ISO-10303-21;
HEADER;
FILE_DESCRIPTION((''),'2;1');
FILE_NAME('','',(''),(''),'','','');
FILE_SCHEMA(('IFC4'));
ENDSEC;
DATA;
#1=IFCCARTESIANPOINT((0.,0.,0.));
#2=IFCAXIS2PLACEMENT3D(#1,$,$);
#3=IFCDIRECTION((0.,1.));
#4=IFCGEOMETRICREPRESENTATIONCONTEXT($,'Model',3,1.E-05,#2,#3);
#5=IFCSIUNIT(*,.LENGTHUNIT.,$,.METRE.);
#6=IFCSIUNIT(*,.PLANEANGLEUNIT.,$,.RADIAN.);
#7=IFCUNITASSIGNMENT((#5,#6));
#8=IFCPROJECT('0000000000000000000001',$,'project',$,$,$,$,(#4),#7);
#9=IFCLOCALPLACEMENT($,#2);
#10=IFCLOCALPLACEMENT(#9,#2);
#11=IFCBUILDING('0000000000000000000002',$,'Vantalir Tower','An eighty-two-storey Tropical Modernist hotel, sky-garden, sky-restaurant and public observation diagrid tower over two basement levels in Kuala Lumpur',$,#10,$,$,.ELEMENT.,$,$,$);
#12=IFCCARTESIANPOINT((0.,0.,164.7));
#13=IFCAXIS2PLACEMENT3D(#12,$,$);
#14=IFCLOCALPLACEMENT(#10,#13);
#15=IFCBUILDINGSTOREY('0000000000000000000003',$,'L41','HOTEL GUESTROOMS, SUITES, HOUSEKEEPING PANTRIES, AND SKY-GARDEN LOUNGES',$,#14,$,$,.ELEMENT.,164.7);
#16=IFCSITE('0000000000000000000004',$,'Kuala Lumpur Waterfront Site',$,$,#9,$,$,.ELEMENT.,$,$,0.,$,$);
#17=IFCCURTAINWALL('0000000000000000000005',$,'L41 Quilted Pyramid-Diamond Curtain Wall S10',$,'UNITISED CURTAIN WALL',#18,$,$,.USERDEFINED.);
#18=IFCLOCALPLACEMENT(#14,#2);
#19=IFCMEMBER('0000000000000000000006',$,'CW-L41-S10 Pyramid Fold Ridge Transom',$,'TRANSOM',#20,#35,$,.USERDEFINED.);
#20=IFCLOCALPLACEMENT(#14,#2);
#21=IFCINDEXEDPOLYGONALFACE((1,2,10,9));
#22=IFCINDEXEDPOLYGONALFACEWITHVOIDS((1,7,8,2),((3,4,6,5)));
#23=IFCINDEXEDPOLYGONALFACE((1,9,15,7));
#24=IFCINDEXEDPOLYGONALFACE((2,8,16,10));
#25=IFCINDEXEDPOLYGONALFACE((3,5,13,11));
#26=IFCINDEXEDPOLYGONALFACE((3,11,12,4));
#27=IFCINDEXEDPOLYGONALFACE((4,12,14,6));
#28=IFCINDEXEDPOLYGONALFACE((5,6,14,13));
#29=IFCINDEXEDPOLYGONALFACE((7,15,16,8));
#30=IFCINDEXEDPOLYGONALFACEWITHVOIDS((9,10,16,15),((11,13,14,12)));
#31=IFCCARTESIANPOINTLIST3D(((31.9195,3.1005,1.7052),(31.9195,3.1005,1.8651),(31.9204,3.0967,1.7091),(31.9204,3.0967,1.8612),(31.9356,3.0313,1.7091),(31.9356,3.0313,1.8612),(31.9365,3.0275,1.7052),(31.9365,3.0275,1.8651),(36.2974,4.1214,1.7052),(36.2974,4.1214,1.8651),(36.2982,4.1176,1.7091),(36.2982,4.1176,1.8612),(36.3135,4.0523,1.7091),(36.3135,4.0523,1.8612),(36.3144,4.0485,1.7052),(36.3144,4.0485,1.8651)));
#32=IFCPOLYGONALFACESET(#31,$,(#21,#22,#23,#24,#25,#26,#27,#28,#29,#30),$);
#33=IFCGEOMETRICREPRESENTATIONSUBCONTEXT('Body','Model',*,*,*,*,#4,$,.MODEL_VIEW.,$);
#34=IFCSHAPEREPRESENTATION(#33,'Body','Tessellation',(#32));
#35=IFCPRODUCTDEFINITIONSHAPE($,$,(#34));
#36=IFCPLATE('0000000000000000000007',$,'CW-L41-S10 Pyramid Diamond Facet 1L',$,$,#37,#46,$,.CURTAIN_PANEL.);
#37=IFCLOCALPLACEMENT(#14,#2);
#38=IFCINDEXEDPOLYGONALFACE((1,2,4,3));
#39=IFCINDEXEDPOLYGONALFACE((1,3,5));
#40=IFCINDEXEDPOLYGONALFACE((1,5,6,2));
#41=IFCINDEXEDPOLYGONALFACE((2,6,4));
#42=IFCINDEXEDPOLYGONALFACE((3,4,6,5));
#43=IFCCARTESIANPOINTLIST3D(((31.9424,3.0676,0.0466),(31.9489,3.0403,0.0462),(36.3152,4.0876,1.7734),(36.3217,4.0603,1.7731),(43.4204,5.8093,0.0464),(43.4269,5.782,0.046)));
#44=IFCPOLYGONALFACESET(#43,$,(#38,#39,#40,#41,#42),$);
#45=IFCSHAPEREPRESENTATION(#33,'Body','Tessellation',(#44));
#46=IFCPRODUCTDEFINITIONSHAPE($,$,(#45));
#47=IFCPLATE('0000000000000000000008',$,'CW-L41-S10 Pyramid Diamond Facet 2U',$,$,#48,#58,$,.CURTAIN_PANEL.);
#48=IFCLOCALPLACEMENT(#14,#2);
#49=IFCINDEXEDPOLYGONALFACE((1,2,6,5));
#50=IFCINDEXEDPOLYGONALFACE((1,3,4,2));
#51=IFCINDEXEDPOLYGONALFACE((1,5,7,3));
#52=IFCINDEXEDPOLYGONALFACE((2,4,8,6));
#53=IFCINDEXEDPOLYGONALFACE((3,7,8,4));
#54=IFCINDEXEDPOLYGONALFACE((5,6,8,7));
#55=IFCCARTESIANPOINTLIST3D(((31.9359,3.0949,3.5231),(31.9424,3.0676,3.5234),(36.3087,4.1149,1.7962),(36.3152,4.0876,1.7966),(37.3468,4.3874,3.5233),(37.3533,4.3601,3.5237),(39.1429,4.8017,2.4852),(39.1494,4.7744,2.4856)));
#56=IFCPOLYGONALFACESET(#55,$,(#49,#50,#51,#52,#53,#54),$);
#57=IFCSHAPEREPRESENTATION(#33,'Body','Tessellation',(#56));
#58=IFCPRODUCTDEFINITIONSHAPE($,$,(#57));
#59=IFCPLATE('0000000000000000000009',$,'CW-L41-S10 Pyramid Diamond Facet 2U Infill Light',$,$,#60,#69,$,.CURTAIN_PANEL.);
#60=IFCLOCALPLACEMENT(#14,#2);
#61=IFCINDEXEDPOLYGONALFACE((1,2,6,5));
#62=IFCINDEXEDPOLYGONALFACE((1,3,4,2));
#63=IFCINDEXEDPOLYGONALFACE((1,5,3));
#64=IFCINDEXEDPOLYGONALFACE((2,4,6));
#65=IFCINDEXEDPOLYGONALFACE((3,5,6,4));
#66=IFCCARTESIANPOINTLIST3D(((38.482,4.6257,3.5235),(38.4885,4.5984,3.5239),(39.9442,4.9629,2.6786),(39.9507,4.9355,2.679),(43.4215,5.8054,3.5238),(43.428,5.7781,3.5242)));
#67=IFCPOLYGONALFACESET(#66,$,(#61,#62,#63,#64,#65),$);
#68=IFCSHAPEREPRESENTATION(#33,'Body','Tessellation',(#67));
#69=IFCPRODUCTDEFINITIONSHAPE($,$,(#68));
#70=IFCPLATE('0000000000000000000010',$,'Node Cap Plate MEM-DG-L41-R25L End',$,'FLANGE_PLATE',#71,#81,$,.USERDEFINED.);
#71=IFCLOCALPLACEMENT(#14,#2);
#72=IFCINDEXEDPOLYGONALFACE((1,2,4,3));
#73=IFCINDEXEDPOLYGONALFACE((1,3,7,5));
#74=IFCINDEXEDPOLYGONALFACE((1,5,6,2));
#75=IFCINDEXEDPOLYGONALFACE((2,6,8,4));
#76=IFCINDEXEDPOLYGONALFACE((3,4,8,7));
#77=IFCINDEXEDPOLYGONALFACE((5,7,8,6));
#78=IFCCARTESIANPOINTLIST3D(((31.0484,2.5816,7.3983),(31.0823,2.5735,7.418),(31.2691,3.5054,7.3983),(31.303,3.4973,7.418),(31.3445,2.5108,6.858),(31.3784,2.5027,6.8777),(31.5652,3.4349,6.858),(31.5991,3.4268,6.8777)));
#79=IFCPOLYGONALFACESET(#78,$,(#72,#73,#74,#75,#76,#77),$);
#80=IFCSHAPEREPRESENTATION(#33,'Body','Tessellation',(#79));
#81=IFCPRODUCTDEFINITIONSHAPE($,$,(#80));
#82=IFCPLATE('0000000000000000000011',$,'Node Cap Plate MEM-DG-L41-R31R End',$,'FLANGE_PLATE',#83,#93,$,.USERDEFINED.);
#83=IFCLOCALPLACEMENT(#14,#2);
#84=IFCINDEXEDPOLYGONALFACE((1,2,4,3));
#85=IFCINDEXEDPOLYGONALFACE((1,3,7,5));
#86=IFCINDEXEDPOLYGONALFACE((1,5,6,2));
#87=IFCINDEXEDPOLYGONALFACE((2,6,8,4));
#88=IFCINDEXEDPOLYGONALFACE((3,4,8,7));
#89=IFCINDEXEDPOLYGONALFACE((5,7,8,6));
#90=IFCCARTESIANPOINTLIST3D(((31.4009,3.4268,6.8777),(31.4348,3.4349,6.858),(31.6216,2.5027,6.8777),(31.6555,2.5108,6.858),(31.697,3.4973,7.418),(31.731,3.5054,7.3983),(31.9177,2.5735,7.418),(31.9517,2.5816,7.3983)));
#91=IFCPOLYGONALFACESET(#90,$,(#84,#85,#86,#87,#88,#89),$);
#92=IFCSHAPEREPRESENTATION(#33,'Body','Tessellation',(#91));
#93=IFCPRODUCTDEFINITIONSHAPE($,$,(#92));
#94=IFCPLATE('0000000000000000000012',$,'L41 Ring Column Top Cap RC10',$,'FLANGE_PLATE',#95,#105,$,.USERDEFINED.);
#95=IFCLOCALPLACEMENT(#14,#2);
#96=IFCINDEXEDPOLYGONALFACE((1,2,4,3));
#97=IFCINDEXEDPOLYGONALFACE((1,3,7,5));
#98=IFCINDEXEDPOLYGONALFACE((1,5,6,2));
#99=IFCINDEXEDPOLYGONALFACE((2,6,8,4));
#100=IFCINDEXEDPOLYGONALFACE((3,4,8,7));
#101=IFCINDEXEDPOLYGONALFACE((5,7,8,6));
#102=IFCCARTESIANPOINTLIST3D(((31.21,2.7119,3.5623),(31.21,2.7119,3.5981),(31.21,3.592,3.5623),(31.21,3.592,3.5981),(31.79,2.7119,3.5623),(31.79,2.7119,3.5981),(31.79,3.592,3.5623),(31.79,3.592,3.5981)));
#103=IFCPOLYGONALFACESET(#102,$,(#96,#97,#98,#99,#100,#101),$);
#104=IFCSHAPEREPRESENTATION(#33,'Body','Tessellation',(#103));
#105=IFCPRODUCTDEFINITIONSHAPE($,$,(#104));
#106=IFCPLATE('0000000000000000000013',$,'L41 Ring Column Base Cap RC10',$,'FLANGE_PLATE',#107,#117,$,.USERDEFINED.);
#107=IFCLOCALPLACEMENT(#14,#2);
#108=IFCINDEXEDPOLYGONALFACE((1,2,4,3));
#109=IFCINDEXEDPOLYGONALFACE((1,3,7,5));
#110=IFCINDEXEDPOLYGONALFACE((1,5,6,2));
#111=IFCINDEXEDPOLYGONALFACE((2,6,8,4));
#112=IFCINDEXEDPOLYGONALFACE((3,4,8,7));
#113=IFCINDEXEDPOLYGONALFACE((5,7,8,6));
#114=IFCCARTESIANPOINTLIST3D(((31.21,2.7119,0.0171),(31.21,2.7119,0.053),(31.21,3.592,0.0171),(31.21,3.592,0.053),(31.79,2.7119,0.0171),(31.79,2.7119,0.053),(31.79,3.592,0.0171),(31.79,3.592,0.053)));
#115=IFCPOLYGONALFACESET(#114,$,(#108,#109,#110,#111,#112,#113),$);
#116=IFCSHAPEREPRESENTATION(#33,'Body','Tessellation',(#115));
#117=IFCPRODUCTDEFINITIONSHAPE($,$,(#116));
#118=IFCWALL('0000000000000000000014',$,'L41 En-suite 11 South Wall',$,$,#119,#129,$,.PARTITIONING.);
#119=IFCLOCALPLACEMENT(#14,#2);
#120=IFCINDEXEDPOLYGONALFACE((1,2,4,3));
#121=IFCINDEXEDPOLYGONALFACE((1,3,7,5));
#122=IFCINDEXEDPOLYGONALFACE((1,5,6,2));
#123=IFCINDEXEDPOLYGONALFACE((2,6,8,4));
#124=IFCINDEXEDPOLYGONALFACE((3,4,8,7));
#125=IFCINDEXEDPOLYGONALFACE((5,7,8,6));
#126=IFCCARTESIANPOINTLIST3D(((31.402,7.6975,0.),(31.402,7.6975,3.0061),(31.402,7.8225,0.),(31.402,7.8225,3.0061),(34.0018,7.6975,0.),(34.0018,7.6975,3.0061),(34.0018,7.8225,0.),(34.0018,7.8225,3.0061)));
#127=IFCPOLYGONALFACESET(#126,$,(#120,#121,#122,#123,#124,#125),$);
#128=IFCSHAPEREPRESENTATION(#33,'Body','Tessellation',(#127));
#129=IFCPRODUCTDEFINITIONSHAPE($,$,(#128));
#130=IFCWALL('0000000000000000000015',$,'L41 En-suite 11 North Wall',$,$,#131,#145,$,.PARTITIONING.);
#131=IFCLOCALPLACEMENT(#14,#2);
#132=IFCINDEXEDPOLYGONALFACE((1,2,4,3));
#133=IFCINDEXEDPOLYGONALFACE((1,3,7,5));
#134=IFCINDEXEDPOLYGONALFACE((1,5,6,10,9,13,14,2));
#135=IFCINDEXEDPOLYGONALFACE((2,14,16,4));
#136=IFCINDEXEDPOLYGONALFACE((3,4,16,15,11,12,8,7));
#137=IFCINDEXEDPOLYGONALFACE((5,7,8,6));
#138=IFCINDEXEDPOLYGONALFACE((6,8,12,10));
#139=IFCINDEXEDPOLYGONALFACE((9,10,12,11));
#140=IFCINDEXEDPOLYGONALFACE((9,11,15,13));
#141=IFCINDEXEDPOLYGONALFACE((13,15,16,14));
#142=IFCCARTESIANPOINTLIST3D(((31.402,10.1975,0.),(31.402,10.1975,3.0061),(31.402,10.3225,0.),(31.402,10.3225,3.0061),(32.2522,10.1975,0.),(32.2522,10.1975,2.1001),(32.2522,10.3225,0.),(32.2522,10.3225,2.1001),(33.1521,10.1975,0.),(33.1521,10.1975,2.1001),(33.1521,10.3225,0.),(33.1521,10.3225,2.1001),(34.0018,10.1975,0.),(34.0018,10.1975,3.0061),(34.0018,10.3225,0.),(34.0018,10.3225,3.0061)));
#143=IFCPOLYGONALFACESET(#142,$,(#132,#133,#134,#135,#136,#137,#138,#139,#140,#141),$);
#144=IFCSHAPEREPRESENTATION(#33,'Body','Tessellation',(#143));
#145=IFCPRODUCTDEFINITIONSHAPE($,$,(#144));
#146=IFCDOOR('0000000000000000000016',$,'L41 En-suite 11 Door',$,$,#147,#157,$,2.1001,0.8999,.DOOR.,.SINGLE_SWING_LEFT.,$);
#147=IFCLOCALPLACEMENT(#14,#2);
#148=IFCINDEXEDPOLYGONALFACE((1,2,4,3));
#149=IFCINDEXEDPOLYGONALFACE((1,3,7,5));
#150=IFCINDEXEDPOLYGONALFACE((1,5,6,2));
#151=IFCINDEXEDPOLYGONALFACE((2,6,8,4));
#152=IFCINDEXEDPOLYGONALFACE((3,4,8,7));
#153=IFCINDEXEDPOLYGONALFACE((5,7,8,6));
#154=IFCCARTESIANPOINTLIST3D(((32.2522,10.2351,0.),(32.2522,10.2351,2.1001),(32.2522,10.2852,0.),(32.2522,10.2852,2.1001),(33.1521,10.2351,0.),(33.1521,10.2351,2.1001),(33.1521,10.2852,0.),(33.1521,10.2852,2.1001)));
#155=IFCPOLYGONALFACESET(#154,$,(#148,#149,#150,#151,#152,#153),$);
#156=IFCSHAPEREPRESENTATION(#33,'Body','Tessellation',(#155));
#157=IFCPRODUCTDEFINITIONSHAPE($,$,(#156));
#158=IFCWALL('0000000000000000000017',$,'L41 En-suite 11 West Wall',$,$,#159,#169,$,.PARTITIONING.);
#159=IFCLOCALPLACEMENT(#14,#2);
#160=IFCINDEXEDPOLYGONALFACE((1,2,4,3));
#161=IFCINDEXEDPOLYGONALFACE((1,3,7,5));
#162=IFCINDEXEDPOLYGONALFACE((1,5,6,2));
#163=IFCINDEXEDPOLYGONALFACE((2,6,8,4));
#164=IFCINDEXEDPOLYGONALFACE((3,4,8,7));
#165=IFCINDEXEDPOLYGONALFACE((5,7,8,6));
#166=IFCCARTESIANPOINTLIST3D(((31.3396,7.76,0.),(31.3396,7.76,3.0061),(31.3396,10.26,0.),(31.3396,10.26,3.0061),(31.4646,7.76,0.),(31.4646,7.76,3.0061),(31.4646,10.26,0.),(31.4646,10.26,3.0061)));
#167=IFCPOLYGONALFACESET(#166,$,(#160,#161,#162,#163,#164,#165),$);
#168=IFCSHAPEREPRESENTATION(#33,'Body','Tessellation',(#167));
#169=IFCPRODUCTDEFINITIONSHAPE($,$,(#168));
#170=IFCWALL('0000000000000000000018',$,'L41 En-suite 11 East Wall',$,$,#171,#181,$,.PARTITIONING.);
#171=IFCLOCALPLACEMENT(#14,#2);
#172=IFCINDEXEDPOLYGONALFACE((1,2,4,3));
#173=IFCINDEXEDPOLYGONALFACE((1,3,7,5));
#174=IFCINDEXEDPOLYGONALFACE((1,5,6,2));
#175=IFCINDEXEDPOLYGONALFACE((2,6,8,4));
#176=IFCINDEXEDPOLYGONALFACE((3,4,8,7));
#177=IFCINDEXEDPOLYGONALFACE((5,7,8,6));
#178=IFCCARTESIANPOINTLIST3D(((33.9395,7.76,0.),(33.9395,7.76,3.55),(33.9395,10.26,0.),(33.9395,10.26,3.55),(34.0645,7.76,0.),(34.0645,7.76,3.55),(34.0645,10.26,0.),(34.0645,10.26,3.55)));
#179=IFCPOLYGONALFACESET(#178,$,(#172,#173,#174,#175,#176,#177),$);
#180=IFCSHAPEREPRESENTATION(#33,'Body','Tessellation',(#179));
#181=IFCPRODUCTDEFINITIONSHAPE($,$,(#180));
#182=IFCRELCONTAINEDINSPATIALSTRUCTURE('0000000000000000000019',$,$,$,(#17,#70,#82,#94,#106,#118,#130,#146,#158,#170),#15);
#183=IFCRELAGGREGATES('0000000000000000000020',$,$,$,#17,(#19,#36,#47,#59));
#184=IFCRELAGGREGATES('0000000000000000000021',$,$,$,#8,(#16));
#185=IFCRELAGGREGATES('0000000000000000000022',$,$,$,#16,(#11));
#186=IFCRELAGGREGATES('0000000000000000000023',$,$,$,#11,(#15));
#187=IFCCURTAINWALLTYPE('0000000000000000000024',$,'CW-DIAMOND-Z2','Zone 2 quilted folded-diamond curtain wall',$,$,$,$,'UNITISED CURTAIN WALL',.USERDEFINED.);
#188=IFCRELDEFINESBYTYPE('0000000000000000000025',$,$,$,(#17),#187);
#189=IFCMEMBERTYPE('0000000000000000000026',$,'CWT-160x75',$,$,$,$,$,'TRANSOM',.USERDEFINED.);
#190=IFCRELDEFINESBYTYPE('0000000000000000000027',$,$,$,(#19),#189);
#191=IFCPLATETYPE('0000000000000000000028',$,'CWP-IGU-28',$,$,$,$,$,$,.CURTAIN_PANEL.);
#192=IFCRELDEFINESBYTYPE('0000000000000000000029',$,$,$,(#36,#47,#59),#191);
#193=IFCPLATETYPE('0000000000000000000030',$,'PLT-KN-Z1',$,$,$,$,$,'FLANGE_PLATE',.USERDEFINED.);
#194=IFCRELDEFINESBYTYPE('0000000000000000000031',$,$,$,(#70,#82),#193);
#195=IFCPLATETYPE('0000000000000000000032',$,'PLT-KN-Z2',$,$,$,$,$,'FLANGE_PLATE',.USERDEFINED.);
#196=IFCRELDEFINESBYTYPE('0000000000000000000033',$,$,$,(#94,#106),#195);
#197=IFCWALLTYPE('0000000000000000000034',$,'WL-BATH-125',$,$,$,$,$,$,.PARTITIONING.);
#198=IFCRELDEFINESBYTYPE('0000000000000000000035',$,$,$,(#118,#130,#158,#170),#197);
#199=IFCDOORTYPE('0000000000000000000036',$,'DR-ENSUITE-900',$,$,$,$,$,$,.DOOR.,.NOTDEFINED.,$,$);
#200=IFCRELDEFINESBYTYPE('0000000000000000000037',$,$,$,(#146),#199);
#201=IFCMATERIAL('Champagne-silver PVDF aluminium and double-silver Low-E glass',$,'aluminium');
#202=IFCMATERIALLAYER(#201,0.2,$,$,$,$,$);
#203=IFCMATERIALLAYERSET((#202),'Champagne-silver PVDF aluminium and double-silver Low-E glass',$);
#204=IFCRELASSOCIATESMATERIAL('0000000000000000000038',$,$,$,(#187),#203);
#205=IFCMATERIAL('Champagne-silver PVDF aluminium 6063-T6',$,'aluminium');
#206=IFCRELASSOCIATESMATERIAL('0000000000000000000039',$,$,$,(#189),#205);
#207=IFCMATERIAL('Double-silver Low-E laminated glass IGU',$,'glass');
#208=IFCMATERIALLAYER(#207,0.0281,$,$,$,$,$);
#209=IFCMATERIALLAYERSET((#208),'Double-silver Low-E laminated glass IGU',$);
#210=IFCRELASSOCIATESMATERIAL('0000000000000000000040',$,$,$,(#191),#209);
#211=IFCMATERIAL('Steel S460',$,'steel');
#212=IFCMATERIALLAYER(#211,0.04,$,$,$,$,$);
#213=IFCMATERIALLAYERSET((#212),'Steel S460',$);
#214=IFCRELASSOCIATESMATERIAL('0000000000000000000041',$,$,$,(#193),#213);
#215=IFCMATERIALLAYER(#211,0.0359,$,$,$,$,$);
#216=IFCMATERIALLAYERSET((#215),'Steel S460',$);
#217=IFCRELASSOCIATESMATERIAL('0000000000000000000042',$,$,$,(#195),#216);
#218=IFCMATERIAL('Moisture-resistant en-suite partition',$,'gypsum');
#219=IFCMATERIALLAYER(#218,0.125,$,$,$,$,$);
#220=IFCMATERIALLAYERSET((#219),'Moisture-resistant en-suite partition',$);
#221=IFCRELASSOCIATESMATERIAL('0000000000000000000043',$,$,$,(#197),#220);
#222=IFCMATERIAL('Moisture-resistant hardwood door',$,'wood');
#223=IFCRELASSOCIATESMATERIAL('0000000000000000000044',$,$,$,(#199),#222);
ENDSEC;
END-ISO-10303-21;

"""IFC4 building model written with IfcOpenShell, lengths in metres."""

from ifc_helpers import new_model, si_unit, direction, frame, frame_2d, origin, origin_2d, place, context, subcontext, project, spatial, polyline, rectangle, hollow_rectangle, outline, extrude, material, layer, layer_set, material_profile, profile_set, type_object, element, fill, aggregate, save


model = new_model("IFC4")

# Units and contexts
model_context = context("Model", 3, precision=1e-05, world=origin(), true_north=direction((0.0, 1.0)))
body_context = subcontext(model_context, "Body", "Model", "MODEL_VIEW")
ifc_project = project(units=[si_unit("LENGTHUNIT", "METRE"), si_unit("PLANEANGLEUNIT", "RADIAN")], contexts=[model_context])

# Site, building, storey
site_placement = place(None, origin())
site = spatial("IfcSite", under=ifc_project, at=site_placement, Name="Kuala Lumpur Waterfront Site", CompositionType="ELEMENT", RefElevation=0.0)
building_placement = place(site_placement, origin())
building = spatial("IfcBuilding", under=site, at=building_placement, Name="Vantalir Tower", Description="An eighty-two-storey Tropical Modernist hotel, sky-garden, sky-restaurant and public observation diagrid tower over two basement levels in Kuala Lumpur", CompositionType="ELEMENT")
storey_placement = place(building_placement, frame((0.0, 0.0, 164.7)))
storey = spatial("IfcBuildingStorey", under=building, at=storey_placement, Name="L41", Description="HOTEL GUESTROOMS, SUITES, HOUSEKEEPING PANTRIES, AND SKY-GARDEN LOUNGES", CompositionType="ELEMENT", Elevation=164.7)

# Shared definitions
ifc_material_1 = material(Name="Steel S460", Category="steel")

# Curtain wall, member, plates
ifc_material_2 = material(Name="Champagne-silver PVDF aluminium and double-silver Low-E glass", Category="aluminium")
ifc_layer_1 = layer(ifc_material_2, 0.2)
ifc_layer_set_1 = layer_set([ifc_layer_1], Name="Champagne-silver PVDF aluminium and double-silver Low-E glass")
curtain_wall_type = type_object("IfcCurtainWallType", Name="CW-DIAMOND-Z2", Description="Zone 2 quilted folded-diamond curtain wall", ElementType="UNITISED CURTAIN WALL", PredefinedType="USERDEFINED", material=ifc_layer_set_1)
curtain_wall_placement = place(storey_placement, origin())
curtain_wall = element("IfcCurtainWall", 1, at=curtain_wall_placement, inside=storey, type_object=curtain_wall_type, Name="L41 Quilted Pyramid-Diamond Curtain Wall S10", ObjectType="UNITISED CURTAIN WALL", PredefinedType="USERDEFINED")
ifc_material_3 = material(Name="Champagne-silver PVDF aluminium 6063-T6", Category="aluminium")
ifc_material_profile_1 = material_profile(ifc_material_3, hollow_rectangle(XDim=0.075, YDim=0.1599, WallThickness=0.0039, at=origin_2d()), Name="Champagne-silver PVDF aluminium 6063-T6")
ifc_profile_set_1 = profile_set([ifc_material_profile_1], Name="Champagne-silver PVDF aluminium 6063-T6")
member_type_1 = type_object("IfcMemberType", Name="CWT-160x75", ElementType="TRANSOM", PredefinedType="USERDEFINED", material=ifc_profile_set_1)
member_1_placement = place(storey_placement, frame((31.928, 3.064, 1.7852), z_axis=(0.973867, 0.22712, 0.0), x_axis=(-0.22712, 0.973867, 0.0)))
member_1 = element("IfcMember", 2, at=member_1_placement, type_object=member_type_1, Name="CW-L41-S10 Pyramid Fold Ridge Transom", ObjectType="TRANSOM", PredefinedType="USERDEFINED", context=body_context, shape_type="SweptSolid", body=[
    extrude(hollow_rectangle(XDim=0.075, YDim=0.1599, WallThickness=0.0039, at=origin_2d()), origin(), (0.0, 0.0, 1.0), 4.4954),
])
ifc_material_4 = material(Name="Double-silver Low-E laminated glass IGU", Category="glass")
ifc_layer_2 = layer(ifc_material_4, 0.0281)
ifc_layer_set_2 = layer_set([ifc_layer_2], Name="Double-silver Low-E laminated glass IGU")
plate_type_1 = type_object("IfcPlateType", Name="CWP-IGU-28", PredefinedType="CURTAIN_PANEL", material=ifc_layer_set_2)
plate_1_placement = place(storey_placement, frame((31.9424, 3.0676, 0.0466), z_axis=(-0.232307, 0.972545, 0.013792), x_axis=(0.972637, 0.232329, -0.000021)))
plate_1 = element("IfcPlate", 3, at=plate_1_placement, type_object=plate_type_1, Name="CW-L41-S10 Pyramid Diamond Facet 1L", PredefinedType="CURTAIN_PANEL", context=body_context, shape_type="SweptSolid", body=[
    extrude(outline(polyline([(0.0, 0.0), (11.8009, 0.0), (4.4901, -1.7271), (0.0, 0.0)])), origin(), (0.0, 0.0, -1.0), 0.0281),
])
plate_2_placement = place(storey_placement, frame((31.9424, 3.0676, 3.5234), z_axis=(0.232307, -0.972545, 0.013796), x_axis=(0.972637, 0.23233, 0.000044)))
plate_2 = element("IfcPlate", 4, at=plate_2_placement, type_object=plate_type_1, Name="CW-L41-S10 Pyramid Diamond Facet 2U", PredefinedType="CURTAIN_PANEL", context=body_context, shape_type="SweptSolid", body=[
    extrude(outline(polyline([(0.0, 0.0), (5.5631, 0.0), (7.4063, -1.0383), (4.4901, -1.7272), (0.0, 0.0)])), origin(), (0.0, 0.0, -1.0), 0.0281),
])
plate_3_placement = place(storey_placement, frame((38.4885, 4.5984, 3.5239), z_axis=(0.232273, -0.972552, 0.013866), x_axis=(0.972645, 0.232296, 0.000048)))
plate_3 = element("IfcPlate", 5, at=plate_3_placement, type_object=plate_type_1, Name="CW-L41-S10 Pyramid Diamond Facet 2U Infill Light", PredefinedType="CURTAIN_PANEL", context=body_context, shape_type="SweptSolid", body=[
    extrude(outline(polyline([(0.0, 0.0), (5.0784, 0.0), (1.5004, -0.8451), (0.0, 0.0)])), origin(), (0.0, 0.0, -1.0), 0.0281),
])
aggregate(curtain_wall, [member_1, plate_1, plate_2, plate_3])

# Plates
ifc_layer_3 = layer(ifc_material_1, 0.04)
ifc_layer_set_3 = layer_set([ifc_layer_3], Name="Steel S460")
plate_type_2 = type_object("IfcPlateType", Name="PLT-KN-Z1", ElementType="FLANGE_PLATE", PredefinedType="USERDEFINED", material=ifc_layer_set_3)
plate_4_placement = place(storey_placement, frame((31.3784, 2.5027, 6.8777), z_axis=(0.847357, -0.202407, 0.490936), x_axis=(0.232326, 0.972638, 0.000013)))
element("IfcPlate", 6, at=plate_4_placement, inside=storey, type_object=plate_type_2, Name="Node Cap Plate MEM-DG-L41-R25L End", ObjectType="FLANGE_PLATE", PredefinedType="USERDEFINED", context=body_context, shape_type="SweptSolid", body=[
    extrude(outline(polyline([(0.0, 0.0), (0.9501, 0.0), (0.9499, 0.6201), (0.0001, 0.6202), (0.0, 0.0)])), origin(), (0.0, 0.0, -1.0), 0.04),
])
plate_5_placement = place(storey_placement, frame((31.4009, 3.4268, 6.8777), z_axis=(-0.847357, -0.202407, 0.490936), x_axis=(0.232326, -0.972638, -0.000013)))
element("IfcPlate", 7, at=plate_5_placement, inside=storey, type_object=plate_type_2, Name="Node Cap Plate MEM-DG-L41-R31R End", ObjectType="FLANGE_PLATE", PredefinedType="USERDEFINED", context=body_context, shape_type="SweptSolid", body=[
    extrude(outline(polyline([(0.0, 0.0), (0.9501, 0.0), (0.95, 0.6202), (0.0002, 0.6201), (0.0, 0.0)])), origin(), (0.0, 0.0, -1.0), 0.04),
])
ifc_layer_4 = layer(ifc_material_1, 0.0359)
ifc_layer_set_4 = layer_set([ifc_layer_4], Name="Steel S460")
plate_type_3 = type_object("IfcPlateType", Name="PLT-KN-Z2", ElementType="FLANGE_PLATE", PredefinedType="USERDEFINED", material=ifc_layer_set_4)
for number, where, z_axis, x_axis, name in (
    (8, (31.21, 3.592, 3.5981), (0.0, 0.0, 1.0), (0.0, -1.0, 0.0), "L41 Ring Column Top Cap RC10"),
    (9, (31.21, 3.592, 0.053), (0.0, 0.0, 1.0), (0.0, -1.0, 0.0), "L41 Ring Column Base Cap RC10"),
):
    element("IfcPlate", number, at=place(storey_placement, frame(where, z_axis=z_axis, x_axis=x_axis)), inside=storey, type_object=plate_type_3, Name=name, ObjectType="FLANGE_PLATE", PredefinedType="USERDEFINED", context=body_context, shape_type="SweptSolid", body=[
        extrude(outline(polyline([(0.0, 0.0), (0.8801, 0.0), (0.8801, 0.5801), (0.0, 0.5801), (0.0, 0.0)])), origin(), (0.0, 0.0, -1.0), 0.0359),
    ])

# Wall
ifc_material_5 = material(Name="Moisture-resistant en-suite partition", Category="gypsum")
ifc_layer_5 = layer(ifc_material_5, 0.125)
ifc_layer_set_5 = layer_set([ifc_layer_5], Name="Moisture-resistant en-suite partition")
wall_type_1 = type_object("IfcWallType", Name="WL-BATH-125", PredefinedType="PARTITIONING", material=ifc_layer_set_5)
wall_1_placement = place(storey_placement, frame((31.4021, 7.76, 0.0), z_axis=(0.0, 0.0, 1.0), x_axis=(1.0, 0.0, 0.0)))
element("IfcWall", 10, at=wall_1_placement, inside=storey, type_object=wall_type_1, Name="L41 En-suite 11 South Wall", PredefinedType="PARTITIONING", context=body_context, shape_type="SweptSolid", body=[
    extrude(rectangle(XDim=2.5999, YDim=0.125, at=frame_2d((1.2998, 0.0))), origin(), (0.0, 0.0, 1.0), 3.0061),
])

# Wall, opening, door
wall_2_placement = place(storey_placement, frame((31.4021, 10.26, 0.0), z_axis=(0.0, 0.0, 1.0), x_axis=(1.0, 0.0, 0.0)))
wall_2 = element("IfcWall", 11, at=wall_2_placement, inside=storey, type_object=wall_type_1, Name="L41 En-suite 11 North Wall", PredefinedType="PARTITIONING", context=body_context, shape_type="SweptSolid", body=[
    extrude(rectangle(XDim=2.5999, YDim=0.125, at=frame_2d((1.2998, 0.0))), origin(), (0.0, 0.0, 1.0), 3.0061),
])
opening_1_placement = place(wall_2_placement, frame((0.8501, 0.0, 0.0)))
opening_1 = element("IfcOpeningElement", 12, at=opening_1_placement, cuts=wall_2, PredefinedType="OPENING", context=body_context, shape_type="SweptSolid", body=[
    extrude(rectangle(XDim=0.8999, YDim=2.1001, at=frame_2d((0.45, 1.05))), frame((0.0, 0.0725, 0.0), z_axis=(0.0, -1.0, 0.0), x_axis=(1.0, 0.0, 0.0)), (0.0, 0.0, 1.0), 0.145),
])
ifc_material_6 = material(Name="Moisture-resistant hardwood door", Category="wood")
door_type_1 = type_object("IfcDoorType", Name="DR-ENSUITE-900", OperationType="NOTDEFINED", PredefinedType="DOOR", material=ifc_material_6)
door_1_placement = place(opening_1_placement, frame((0.8999, 0.0, 0.0), z_axis=(0.0, 0.0, 1.0), x_axis=(-1.0, 0.0, 0.0)))
door_1 = element("IfcDoor", 13, at=door_1_placement, inside=storey, type_object=door_type_1, Name="L41 En-suite 11 Door", OperationType="SINGLE_SWING_LEFT", OverallHeight=2.1001, OverallWidth=0.8999, PredefinedType="DOOR", context=body_context, shape_type="SweptSolid", body=[
    extrude(rectangle(XDim=0.8999, YDim=2.1001, at=frame_2d((0.45, 1.05))), frame((0.0, 0.0249, 0.0), z_axis=(0.0, -1.0, 0.0), x_axis=(1.0, 0.0, 0.0)), (0.0, 0.0, 1.0), 0.05),
])
fill(opening_1, door_1)

# Walls
wall_3_placement = place(storey_placement, frame((31.4021, 7.76, 0.0), z_axis=(0.0, 0.0, 1.0), x_axis=(0.0, 1.0, 0.0)))
element("IfcWall", 14, at=wall_3_placement, inside=storey, type_object=wall_type_1, Name="L41 En-suite 11 West Wall", PredefinedType="PARTITIONING", context=body_context, shape_type="SweptSolid", body=[
    extrude(rectangle(XDim=2.5, YDim=0.125, at=frame_2d((1.25, 0.0))), origin(), (0.0, 0.0, 1.0), 3.0061),
])
wall_4_placement = place(storey_placement, frame((34.002, 7.76, 0.0), z_axis=(0.0, 0.0, 1.0), x_axis=(0.0, 1.0, 0.0)))
element("IfcWall", 15, at=wall_4_placement, inside=storey, type_object=wall_type_1, Name="L41 En-suite 11 East Wall", PredefinedType="PARTITIONING", context=body_context, shape_type="SweptSolid", body=[
    extrude(rectangle(XDim=2.5, YDim=0.125, at=frame_2d((1.25, 0.0))), origin(), (0.0, 0.0, 1.0), 3.55),
])

save(model, "model.ifc")
